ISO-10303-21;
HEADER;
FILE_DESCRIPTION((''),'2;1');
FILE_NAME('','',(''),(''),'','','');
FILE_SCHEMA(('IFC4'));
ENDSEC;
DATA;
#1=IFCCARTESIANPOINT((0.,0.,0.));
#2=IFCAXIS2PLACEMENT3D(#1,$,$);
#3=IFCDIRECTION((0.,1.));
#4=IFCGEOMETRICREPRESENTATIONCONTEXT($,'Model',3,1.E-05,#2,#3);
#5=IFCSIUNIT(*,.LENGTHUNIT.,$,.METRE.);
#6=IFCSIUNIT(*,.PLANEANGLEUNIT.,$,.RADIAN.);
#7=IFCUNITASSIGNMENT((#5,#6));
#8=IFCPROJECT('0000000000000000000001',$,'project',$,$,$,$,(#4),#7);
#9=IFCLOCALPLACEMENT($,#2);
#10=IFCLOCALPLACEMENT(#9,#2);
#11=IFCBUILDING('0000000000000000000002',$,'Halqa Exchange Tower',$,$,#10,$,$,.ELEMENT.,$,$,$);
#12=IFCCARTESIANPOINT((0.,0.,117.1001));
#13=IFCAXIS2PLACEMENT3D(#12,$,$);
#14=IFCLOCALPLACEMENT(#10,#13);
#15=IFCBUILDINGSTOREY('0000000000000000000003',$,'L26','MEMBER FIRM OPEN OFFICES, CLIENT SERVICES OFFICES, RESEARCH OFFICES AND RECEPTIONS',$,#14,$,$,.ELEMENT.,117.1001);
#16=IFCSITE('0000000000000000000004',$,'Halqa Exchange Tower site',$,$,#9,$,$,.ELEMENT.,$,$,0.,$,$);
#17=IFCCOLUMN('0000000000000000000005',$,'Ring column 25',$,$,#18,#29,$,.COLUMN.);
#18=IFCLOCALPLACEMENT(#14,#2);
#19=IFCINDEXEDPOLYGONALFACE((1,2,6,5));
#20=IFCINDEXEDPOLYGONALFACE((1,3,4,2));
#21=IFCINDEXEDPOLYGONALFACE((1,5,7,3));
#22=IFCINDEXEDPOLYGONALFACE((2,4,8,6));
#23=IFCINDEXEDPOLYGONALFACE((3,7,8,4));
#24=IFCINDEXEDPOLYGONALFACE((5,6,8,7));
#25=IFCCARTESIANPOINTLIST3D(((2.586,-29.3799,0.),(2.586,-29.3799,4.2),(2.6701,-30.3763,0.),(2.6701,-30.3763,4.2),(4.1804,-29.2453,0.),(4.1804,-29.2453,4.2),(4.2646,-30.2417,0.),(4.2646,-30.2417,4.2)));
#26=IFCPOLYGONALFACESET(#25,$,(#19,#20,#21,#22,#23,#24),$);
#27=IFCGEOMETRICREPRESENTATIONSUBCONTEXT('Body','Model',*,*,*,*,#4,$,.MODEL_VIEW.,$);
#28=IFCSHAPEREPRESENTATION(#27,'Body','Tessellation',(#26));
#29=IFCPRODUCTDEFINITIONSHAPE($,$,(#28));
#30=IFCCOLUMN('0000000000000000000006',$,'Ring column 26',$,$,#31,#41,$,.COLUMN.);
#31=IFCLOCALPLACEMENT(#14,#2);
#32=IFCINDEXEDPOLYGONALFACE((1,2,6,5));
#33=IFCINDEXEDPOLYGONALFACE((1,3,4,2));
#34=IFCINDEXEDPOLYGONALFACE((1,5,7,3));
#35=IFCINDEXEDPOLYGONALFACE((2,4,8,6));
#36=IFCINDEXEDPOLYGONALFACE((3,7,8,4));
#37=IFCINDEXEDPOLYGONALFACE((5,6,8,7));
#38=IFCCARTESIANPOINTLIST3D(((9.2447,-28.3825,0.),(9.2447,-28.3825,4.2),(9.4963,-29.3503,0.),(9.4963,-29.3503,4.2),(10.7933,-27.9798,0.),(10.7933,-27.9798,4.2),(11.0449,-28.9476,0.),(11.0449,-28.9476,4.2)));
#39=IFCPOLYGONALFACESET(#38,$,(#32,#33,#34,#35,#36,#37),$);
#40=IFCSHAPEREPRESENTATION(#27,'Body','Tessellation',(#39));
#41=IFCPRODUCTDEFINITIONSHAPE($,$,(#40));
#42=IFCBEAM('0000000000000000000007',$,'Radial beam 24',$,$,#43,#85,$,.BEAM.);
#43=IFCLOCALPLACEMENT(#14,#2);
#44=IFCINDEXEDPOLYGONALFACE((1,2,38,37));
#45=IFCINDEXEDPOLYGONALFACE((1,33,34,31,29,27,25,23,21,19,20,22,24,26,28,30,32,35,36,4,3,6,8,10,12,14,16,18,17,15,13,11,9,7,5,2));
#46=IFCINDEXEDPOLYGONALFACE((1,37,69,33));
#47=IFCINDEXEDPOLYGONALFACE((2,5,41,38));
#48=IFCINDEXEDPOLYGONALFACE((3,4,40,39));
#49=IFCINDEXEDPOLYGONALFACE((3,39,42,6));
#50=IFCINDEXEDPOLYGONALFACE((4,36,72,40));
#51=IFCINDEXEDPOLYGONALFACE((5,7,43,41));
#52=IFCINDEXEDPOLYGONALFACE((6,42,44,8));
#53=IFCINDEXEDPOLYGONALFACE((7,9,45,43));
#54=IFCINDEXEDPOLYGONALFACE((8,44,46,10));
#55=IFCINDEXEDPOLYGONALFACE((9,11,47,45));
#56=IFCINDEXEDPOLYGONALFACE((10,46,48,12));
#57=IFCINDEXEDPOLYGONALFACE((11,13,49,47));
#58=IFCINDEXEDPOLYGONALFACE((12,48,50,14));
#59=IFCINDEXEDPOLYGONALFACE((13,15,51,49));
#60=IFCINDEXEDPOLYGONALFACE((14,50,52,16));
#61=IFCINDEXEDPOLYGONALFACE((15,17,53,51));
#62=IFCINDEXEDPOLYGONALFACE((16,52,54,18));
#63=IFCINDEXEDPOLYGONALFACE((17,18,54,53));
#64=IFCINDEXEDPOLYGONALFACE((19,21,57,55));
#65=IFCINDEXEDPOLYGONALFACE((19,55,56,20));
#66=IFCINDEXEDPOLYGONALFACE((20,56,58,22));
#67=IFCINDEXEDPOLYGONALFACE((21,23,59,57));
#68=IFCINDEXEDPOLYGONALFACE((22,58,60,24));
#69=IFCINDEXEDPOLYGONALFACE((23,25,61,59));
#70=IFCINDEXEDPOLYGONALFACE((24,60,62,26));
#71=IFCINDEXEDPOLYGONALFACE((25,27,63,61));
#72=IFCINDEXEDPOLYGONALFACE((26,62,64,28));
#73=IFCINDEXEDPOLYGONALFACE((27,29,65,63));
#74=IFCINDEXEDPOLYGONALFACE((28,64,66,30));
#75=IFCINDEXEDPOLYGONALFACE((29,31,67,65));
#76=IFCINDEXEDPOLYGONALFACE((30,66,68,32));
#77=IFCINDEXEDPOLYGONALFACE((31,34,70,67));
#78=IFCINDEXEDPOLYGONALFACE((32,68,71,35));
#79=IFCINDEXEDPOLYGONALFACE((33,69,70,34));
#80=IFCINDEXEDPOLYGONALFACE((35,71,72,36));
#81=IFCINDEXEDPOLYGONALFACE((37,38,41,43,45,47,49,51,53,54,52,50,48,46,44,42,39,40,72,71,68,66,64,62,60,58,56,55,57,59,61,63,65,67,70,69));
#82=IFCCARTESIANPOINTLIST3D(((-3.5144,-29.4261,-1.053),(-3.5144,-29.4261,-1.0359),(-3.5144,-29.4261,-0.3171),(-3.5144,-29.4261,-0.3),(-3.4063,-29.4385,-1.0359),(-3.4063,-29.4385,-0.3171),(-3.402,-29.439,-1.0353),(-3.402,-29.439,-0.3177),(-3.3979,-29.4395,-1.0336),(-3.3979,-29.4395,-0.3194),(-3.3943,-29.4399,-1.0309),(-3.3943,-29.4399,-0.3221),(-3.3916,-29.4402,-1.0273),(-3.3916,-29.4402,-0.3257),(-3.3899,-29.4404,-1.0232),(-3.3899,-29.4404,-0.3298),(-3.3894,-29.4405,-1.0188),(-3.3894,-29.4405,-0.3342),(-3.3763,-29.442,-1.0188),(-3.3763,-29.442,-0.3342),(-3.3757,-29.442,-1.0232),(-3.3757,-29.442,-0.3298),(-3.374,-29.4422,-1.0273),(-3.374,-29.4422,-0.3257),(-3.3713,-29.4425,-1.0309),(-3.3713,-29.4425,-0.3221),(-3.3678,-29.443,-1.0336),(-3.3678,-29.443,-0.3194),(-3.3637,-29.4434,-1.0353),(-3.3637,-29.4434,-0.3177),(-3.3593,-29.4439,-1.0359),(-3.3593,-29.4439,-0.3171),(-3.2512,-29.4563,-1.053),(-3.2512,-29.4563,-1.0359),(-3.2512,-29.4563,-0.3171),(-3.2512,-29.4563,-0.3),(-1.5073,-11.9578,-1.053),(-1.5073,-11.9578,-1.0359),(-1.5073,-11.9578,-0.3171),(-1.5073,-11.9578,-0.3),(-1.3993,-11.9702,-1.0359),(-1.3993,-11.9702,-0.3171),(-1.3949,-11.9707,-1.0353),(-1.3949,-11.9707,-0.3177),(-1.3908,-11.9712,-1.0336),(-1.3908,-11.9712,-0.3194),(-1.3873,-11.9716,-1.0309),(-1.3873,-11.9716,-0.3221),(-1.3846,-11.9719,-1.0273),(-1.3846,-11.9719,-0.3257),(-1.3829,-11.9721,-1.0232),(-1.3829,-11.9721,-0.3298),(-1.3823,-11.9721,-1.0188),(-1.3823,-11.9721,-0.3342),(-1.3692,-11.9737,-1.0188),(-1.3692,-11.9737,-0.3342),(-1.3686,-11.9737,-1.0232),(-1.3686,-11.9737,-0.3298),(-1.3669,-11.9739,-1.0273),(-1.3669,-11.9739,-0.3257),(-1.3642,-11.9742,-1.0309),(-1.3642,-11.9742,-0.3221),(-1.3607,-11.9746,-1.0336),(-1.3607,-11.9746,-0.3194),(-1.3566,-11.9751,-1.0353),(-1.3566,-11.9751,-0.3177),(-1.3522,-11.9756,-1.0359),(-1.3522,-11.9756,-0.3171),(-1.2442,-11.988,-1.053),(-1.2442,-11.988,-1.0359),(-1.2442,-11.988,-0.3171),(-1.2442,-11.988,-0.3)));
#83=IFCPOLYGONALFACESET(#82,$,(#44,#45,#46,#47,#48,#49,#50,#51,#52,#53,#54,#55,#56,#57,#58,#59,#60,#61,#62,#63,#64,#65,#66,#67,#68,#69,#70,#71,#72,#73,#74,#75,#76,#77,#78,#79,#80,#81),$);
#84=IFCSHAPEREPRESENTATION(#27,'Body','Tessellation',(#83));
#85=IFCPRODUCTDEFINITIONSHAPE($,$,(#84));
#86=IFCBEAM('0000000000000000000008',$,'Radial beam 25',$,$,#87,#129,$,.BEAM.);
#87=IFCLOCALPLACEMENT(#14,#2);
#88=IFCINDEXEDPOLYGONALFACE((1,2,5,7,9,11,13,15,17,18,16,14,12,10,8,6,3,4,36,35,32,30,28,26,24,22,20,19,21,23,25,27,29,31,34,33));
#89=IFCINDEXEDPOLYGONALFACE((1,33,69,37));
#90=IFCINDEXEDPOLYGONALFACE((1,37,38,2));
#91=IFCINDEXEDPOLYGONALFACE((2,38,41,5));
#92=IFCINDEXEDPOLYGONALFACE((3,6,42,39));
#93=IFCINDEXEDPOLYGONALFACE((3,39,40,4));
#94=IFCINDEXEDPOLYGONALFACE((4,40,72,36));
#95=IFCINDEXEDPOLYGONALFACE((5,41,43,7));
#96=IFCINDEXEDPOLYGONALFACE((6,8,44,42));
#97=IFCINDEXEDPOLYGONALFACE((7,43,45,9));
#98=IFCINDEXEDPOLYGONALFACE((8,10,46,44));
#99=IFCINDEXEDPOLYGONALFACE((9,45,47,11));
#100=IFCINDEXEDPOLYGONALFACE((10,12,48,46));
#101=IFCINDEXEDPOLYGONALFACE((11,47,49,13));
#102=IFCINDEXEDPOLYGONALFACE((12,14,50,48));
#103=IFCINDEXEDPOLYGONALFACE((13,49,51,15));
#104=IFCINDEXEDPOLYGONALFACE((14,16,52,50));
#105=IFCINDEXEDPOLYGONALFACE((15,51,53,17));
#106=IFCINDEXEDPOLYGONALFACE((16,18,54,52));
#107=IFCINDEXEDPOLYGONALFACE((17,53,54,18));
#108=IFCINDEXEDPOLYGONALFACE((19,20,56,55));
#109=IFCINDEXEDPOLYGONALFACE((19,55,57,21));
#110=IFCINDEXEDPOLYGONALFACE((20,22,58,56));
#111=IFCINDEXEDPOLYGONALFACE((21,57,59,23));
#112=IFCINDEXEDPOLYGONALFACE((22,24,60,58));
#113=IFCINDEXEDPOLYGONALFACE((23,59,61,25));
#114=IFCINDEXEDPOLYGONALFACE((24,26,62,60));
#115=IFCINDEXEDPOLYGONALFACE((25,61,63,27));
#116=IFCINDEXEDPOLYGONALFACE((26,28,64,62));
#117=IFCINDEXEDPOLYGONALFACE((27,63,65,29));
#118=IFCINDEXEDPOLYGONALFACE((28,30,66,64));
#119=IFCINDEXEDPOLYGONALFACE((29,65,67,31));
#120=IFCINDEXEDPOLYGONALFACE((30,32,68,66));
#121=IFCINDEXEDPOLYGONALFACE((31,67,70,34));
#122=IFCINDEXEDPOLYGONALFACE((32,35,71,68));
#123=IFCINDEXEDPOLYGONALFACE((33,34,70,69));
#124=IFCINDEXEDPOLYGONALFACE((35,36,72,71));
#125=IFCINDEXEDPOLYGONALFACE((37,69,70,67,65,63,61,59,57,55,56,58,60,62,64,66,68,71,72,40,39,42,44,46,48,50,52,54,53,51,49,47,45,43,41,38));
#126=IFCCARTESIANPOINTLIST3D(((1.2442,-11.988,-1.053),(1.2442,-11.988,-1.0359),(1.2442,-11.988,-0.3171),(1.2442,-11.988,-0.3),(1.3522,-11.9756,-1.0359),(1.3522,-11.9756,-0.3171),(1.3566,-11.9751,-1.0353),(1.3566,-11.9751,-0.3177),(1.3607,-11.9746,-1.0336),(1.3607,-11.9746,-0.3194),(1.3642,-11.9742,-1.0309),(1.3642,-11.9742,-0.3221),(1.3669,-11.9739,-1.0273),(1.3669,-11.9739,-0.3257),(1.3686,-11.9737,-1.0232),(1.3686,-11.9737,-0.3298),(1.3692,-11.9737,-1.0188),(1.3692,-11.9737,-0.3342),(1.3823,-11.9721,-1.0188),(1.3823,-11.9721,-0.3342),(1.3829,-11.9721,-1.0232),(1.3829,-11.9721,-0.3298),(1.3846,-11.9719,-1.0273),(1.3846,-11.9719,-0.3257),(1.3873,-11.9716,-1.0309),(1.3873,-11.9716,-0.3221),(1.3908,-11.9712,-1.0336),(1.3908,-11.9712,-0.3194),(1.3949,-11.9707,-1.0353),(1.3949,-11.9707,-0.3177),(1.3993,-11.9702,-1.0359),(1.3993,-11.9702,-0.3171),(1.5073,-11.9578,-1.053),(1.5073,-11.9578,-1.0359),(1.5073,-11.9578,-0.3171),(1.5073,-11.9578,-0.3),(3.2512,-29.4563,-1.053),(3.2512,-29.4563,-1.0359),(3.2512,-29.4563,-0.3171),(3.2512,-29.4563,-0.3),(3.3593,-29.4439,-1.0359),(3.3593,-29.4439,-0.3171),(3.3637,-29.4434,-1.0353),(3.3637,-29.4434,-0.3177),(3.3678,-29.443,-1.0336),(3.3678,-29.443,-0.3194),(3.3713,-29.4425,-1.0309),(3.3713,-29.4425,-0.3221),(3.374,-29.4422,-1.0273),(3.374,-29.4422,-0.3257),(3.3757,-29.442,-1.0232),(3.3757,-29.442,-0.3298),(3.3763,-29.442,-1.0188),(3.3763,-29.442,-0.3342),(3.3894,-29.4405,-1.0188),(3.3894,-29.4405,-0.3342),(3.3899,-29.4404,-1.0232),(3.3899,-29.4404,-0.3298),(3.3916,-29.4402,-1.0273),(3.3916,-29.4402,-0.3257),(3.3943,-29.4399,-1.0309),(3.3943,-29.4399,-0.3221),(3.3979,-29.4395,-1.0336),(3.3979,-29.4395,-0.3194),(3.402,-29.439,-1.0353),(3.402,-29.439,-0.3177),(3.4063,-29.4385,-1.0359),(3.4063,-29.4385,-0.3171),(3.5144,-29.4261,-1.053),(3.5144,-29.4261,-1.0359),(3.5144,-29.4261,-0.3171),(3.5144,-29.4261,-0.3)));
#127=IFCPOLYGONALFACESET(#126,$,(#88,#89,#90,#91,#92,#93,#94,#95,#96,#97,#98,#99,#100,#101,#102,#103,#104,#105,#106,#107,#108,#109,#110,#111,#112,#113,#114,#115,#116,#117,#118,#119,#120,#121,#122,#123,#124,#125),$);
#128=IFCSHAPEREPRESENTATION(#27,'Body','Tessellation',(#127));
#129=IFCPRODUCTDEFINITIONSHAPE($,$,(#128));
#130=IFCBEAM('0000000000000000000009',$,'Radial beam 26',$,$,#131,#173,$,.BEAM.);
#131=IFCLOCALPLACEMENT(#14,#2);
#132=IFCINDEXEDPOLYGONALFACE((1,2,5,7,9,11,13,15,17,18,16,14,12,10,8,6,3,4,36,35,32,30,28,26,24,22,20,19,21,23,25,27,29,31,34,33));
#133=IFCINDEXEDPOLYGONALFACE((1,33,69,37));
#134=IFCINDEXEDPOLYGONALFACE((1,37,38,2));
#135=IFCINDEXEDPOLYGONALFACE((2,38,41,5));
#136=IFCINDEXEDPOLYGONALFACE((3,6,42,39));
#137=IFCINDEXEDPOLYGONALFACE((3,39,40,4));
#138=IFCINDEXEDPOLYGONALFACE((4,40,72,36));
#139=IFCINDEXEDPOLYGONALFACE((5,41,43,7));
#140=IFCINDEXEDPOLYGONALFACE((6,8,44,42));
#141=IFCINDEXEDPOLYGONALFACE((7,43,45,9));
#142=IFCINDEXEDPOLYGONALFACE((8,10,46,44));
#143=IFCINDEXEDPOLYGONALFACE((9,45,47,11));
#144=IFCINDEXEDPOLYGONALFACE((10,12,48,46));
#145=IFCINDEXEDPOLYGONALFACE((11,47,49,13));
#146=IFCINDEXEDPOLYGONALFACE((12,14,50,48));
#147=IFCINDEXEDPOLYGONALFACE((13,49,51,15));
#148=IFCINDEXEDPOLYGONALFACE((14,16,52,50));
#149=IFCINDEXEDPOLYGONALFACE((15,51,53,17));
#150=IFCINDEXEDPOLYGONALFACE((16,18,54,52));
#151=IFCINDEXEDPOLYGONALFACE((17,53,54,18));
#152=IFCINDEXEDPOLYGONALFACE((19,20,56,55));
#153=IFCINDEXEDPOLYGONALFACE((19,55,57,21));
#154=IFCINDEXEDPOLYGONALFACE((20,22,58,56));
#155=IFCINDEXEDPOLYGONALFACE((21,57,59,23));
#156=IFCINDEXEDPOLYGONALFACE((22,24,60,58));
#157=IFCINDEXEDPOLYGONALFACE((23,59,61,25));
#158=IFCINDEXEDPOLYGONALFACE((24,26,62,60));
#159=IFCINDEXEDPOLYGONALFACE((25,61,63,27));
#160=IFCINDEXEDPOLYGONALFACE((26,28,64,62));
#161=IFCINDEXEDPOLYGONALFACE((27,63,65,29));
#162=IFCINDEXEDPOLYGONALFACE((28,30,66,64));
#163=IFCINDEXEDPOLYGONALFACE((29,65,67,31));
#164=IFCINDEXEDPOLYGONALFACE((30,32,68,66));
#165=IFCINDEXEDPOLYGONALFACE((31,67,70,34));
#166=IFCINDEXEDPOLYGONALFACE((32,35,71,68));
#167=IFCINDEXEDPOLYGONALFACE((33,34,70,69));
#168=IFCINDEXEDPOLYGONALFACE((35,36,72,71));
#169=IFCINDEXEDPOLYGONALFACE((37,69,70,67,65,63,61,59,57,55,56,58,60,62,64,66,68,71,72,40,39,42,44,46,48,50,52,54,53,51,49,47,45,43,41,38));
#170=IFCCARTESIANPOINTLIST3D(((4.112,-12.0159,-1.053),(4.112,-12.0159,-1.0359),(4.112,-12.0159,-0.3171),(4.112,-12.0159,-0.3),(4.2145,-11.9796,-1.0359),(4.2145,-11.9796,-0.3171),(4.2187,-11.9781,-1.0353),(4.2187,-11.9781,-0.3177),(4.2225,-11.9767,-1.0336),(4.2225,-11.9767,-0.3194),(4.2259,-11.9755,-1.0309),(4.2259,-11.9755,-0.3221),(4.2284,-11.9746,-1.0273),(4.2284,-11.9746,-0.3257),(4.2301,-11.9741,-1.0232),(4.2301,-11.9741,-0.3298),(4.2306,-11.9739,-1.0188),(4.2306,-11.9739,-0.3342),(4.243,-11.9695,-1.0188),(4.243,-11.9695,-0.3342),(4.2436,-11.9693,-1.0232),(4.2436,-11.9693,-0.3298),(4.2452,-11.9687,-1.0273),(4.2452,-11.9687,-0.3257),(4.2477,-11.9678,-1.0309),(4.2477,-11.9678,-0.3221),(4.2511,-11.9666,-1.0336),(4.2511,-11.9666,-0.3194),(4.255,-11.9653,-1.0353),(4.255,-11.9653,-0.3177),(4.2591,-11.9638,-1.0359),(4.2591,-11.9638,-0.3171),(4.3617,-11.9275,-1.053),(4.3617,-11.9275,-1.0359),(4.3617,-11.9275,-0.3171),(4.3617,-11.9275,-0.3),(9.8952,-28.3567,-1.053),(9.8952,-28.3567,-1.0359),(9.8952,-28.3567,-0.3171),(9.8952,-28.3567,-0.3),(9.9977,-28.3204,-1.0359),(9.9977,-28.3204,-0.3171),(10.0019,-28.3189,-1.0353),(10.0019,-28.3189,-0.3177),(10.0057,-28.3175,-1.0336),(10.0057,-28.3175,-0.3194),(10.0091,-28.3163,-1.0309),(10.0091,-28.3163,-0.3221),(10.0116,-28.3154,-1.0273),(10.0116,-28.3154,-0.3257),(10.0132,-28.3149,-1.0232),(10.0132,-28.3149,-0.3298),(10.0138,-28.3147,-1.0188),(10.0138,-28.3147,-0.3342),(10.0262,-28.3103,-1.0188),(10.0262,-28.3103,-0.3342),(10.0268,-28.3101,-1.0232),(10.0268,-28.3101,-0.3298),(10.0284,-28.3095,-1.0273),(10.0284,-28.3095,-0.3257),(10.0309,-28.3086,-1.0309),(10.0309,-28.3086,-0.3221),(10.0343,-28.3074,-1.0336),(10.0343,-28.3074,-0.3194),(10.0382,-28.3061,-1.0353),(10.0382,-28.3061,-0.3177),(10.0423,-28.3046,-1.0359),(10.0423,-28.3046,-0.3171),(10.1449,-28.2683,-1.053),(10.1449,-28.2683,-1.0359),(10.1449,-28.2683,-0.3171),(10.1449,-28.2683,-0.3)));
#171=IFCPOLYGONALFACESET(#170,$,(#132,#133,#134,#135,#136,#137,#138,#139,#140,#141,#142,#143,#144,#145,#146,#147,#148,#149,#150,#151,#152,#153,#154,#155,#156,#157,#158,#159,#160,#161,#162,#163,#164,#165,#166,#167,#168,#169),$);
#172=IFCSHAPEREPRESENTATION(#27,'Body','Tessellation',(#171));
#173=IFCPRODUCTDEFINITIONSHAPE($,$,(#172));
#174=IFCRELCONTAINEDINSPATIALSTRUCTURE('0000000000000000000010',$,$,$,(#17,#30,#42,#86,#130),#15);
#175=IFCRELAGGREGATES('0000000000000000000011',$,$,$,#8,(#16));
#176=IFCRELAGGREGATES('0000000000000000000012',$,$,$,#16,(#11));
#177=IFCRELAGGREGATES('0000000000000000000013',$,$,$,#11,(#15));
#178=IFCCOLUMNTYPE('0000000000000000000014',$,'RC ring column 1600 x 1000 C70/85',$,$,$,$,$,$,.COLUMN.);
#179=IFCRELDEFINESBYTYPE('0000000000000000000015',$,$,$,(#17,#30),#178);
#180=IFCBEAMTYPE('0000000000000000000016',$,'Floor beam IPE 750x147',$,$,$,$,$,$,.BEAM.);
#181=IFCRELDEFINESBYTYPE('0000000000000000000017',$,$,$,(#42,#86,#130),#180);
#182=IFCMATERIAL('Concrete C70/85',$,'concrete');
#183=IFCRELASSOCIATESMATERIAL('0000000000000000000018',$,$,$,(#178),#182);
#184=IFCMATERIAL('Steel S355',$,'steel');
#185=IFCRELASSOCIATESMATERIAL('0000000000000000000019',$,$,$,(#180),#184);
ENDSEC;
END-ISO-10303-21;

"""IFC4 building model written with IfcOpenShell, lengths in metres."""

from ifc_helpers import new_model, si_unit, direction, frame, origin, origin_2d, place, context, subcontext, project, spatial, rectangle, i_section, extrude, material, material_profile, profile_set, type_object, element, save


model = new_model("IFC4")

# Units and contexts
model_context = context("Model", 3, precision=1e-05, world=origin(), true_north=direction((0.0, 1.0)))
body_context = subcontext(model_context, "Body", "Model", "MODEL_VIEW")
ifc_project = project(units=[si_unit("LENGTHUNIT", "METRE"), si_unit("PLANEANGLEUNIT", "RADIAN")], contexts=[model_context])

# Site, building, storey
site_placement = place(None, origin())
site = spatial("IfcSite", under=ifc_project, at=site_placement, Name="Halqa Exchange Tower site", CompositionType="ELEMENT", RefElevation=0.0)
building_placement = place(site_placement, origin())
building = spatial("IfcBuilding", under=site, at=building_placement, Name="Halqa Exchange Tower", CompositionType="ELEMENT")
storey_placement = place(building_placement, frame((0.0, 0.0, 117.1001)))
storey = spatial("IfcBuildingStorey", under=building, at=storey_placement, Name="L26", Description="MEMBER FIRM OPEN OFFICES, CLIENT SERVICES OFFICES, RESEARCH OFFICES AND RECEPTIONS", CompositionType="ELEMENT", Elevation=117.1001)

# Columns
ifc_material_1 = material(Name="Concrete C70/85", Category="concrete")
ifc_material_profile_1 = material_profile(ifc_material_1, rectangle(XDim=1.6001, YDim=1.0, at=origin_2d()), Name="1600 x 1000")
ifc_profile_set_1 = profile_set([ifc_material_profile_1], Name="Concrete C70/85")
column_type = type_object("IfcColumnType", Name="RC ring column 1600 x 1000 C70/85", PredefinedType="COLUMN", material=ifc_profile_set_1)
for number, where, z_axis, x_axis, name in (
    (1, (3.4253, -29.8108, 0.0), (0.0, 0.0, 1.0), (0.996456, 0.084121, 0.0), "Ring column 25"),
    (2, (10.1448, -28.665, 0.0), (0.0, 0.0, 1.0), (0.96782, 0.251644, 0.0), "Ring column 26"),
):
    element("IfcColumn", number, at=place(storey_placement, frame(where, z_axis=z_axis, x_axis=x_axis)), inside=storey, type_object=column_type, Name=name, PredefinedType="COLUMN", context=body_context, shape_type="SweptSolid", body=[
        extrude(rectangle(XDim=1.6001, YDim=1.0, at=origin_2d()), origin(), (0.0, 0.0, 1.0), 4.2),
    ])

# Beams
ifc_material_2 = material(Name="Steel S355", Category="steel")
ifc_material_profile_2 = material_profile(ifc_material_2, i_section(OverallWidth=0.2649, OverallDepth=0.7529, WebThickness=0.0132, FlangeThickness=0.0171, FilletRadius=0.0171, at=origin_2d()), Name="IPE 750x147")
ifc_profile_set_2 = profile_set([ifc_material_profile_2], Name="Steel S355")
beam_type_1 = type_object("IfcBeamType", Name="Floor beam IPE 750x147", PredefinedType="BEAM", material=ifc_profile_set_2)
for number, where, z_axis, x_axis, name in (
    (3, (-1.3757, -11.9729, -0.6765), (-0.114148, -0.993464, 0.0), (0.993464, -0.114148, 0.0), "Radial beam 24"),
    (4, (1.3757, -11.9729, -0.6765), (0.114148, -0.993464, 0.0), (0.993464, 0.114148, 0.0), "Radial beam 25"),
):
    element("IfcBeam", number, at=place(storey_placement, frame(where, z_axis=z_axis, x_axis=x_axis)), inside=storey, type_object=beam_type_1, Name=name, PredefinedType="BEAM", context=body_context, shape_type="SweptSolid", body=[
        extrude(i_section(OverallWidth=0.2649, OverallDepth=0.7529, WebThickness=0.0132, FlangeThickness=0.0171, FilletRadius=0.0171, at=origin_2d()), origin(), (0.0, 0.0, 1.0), 17.5833),
    ])
beam_1_placement = place(storey_placement, frame((4.2368, -11.9717, -0.6765), z_axis=(0.333633, -0.942703, 0.0), x_axis=(0.942703, 0.333633, 0.0)))
element("IfcBeam", 5, at=beam_1_placement, inside=storey, type_object=beam_type_1, Name="Radial beam 26", PredefinedType="BEAM", context=body_context, shape_type="SweptSolid", body=[
    extrude(i_section(OverallWidth=0.2649, OverallDepth=0.7529, WebThickness=0.0132, FlangeThickness=0.0171, FilletRadius=0.0171, at=origin_2d()), origin(), (0.0, 0.0, 1.0), 17.334),
])

save(model, "model.ifc")
